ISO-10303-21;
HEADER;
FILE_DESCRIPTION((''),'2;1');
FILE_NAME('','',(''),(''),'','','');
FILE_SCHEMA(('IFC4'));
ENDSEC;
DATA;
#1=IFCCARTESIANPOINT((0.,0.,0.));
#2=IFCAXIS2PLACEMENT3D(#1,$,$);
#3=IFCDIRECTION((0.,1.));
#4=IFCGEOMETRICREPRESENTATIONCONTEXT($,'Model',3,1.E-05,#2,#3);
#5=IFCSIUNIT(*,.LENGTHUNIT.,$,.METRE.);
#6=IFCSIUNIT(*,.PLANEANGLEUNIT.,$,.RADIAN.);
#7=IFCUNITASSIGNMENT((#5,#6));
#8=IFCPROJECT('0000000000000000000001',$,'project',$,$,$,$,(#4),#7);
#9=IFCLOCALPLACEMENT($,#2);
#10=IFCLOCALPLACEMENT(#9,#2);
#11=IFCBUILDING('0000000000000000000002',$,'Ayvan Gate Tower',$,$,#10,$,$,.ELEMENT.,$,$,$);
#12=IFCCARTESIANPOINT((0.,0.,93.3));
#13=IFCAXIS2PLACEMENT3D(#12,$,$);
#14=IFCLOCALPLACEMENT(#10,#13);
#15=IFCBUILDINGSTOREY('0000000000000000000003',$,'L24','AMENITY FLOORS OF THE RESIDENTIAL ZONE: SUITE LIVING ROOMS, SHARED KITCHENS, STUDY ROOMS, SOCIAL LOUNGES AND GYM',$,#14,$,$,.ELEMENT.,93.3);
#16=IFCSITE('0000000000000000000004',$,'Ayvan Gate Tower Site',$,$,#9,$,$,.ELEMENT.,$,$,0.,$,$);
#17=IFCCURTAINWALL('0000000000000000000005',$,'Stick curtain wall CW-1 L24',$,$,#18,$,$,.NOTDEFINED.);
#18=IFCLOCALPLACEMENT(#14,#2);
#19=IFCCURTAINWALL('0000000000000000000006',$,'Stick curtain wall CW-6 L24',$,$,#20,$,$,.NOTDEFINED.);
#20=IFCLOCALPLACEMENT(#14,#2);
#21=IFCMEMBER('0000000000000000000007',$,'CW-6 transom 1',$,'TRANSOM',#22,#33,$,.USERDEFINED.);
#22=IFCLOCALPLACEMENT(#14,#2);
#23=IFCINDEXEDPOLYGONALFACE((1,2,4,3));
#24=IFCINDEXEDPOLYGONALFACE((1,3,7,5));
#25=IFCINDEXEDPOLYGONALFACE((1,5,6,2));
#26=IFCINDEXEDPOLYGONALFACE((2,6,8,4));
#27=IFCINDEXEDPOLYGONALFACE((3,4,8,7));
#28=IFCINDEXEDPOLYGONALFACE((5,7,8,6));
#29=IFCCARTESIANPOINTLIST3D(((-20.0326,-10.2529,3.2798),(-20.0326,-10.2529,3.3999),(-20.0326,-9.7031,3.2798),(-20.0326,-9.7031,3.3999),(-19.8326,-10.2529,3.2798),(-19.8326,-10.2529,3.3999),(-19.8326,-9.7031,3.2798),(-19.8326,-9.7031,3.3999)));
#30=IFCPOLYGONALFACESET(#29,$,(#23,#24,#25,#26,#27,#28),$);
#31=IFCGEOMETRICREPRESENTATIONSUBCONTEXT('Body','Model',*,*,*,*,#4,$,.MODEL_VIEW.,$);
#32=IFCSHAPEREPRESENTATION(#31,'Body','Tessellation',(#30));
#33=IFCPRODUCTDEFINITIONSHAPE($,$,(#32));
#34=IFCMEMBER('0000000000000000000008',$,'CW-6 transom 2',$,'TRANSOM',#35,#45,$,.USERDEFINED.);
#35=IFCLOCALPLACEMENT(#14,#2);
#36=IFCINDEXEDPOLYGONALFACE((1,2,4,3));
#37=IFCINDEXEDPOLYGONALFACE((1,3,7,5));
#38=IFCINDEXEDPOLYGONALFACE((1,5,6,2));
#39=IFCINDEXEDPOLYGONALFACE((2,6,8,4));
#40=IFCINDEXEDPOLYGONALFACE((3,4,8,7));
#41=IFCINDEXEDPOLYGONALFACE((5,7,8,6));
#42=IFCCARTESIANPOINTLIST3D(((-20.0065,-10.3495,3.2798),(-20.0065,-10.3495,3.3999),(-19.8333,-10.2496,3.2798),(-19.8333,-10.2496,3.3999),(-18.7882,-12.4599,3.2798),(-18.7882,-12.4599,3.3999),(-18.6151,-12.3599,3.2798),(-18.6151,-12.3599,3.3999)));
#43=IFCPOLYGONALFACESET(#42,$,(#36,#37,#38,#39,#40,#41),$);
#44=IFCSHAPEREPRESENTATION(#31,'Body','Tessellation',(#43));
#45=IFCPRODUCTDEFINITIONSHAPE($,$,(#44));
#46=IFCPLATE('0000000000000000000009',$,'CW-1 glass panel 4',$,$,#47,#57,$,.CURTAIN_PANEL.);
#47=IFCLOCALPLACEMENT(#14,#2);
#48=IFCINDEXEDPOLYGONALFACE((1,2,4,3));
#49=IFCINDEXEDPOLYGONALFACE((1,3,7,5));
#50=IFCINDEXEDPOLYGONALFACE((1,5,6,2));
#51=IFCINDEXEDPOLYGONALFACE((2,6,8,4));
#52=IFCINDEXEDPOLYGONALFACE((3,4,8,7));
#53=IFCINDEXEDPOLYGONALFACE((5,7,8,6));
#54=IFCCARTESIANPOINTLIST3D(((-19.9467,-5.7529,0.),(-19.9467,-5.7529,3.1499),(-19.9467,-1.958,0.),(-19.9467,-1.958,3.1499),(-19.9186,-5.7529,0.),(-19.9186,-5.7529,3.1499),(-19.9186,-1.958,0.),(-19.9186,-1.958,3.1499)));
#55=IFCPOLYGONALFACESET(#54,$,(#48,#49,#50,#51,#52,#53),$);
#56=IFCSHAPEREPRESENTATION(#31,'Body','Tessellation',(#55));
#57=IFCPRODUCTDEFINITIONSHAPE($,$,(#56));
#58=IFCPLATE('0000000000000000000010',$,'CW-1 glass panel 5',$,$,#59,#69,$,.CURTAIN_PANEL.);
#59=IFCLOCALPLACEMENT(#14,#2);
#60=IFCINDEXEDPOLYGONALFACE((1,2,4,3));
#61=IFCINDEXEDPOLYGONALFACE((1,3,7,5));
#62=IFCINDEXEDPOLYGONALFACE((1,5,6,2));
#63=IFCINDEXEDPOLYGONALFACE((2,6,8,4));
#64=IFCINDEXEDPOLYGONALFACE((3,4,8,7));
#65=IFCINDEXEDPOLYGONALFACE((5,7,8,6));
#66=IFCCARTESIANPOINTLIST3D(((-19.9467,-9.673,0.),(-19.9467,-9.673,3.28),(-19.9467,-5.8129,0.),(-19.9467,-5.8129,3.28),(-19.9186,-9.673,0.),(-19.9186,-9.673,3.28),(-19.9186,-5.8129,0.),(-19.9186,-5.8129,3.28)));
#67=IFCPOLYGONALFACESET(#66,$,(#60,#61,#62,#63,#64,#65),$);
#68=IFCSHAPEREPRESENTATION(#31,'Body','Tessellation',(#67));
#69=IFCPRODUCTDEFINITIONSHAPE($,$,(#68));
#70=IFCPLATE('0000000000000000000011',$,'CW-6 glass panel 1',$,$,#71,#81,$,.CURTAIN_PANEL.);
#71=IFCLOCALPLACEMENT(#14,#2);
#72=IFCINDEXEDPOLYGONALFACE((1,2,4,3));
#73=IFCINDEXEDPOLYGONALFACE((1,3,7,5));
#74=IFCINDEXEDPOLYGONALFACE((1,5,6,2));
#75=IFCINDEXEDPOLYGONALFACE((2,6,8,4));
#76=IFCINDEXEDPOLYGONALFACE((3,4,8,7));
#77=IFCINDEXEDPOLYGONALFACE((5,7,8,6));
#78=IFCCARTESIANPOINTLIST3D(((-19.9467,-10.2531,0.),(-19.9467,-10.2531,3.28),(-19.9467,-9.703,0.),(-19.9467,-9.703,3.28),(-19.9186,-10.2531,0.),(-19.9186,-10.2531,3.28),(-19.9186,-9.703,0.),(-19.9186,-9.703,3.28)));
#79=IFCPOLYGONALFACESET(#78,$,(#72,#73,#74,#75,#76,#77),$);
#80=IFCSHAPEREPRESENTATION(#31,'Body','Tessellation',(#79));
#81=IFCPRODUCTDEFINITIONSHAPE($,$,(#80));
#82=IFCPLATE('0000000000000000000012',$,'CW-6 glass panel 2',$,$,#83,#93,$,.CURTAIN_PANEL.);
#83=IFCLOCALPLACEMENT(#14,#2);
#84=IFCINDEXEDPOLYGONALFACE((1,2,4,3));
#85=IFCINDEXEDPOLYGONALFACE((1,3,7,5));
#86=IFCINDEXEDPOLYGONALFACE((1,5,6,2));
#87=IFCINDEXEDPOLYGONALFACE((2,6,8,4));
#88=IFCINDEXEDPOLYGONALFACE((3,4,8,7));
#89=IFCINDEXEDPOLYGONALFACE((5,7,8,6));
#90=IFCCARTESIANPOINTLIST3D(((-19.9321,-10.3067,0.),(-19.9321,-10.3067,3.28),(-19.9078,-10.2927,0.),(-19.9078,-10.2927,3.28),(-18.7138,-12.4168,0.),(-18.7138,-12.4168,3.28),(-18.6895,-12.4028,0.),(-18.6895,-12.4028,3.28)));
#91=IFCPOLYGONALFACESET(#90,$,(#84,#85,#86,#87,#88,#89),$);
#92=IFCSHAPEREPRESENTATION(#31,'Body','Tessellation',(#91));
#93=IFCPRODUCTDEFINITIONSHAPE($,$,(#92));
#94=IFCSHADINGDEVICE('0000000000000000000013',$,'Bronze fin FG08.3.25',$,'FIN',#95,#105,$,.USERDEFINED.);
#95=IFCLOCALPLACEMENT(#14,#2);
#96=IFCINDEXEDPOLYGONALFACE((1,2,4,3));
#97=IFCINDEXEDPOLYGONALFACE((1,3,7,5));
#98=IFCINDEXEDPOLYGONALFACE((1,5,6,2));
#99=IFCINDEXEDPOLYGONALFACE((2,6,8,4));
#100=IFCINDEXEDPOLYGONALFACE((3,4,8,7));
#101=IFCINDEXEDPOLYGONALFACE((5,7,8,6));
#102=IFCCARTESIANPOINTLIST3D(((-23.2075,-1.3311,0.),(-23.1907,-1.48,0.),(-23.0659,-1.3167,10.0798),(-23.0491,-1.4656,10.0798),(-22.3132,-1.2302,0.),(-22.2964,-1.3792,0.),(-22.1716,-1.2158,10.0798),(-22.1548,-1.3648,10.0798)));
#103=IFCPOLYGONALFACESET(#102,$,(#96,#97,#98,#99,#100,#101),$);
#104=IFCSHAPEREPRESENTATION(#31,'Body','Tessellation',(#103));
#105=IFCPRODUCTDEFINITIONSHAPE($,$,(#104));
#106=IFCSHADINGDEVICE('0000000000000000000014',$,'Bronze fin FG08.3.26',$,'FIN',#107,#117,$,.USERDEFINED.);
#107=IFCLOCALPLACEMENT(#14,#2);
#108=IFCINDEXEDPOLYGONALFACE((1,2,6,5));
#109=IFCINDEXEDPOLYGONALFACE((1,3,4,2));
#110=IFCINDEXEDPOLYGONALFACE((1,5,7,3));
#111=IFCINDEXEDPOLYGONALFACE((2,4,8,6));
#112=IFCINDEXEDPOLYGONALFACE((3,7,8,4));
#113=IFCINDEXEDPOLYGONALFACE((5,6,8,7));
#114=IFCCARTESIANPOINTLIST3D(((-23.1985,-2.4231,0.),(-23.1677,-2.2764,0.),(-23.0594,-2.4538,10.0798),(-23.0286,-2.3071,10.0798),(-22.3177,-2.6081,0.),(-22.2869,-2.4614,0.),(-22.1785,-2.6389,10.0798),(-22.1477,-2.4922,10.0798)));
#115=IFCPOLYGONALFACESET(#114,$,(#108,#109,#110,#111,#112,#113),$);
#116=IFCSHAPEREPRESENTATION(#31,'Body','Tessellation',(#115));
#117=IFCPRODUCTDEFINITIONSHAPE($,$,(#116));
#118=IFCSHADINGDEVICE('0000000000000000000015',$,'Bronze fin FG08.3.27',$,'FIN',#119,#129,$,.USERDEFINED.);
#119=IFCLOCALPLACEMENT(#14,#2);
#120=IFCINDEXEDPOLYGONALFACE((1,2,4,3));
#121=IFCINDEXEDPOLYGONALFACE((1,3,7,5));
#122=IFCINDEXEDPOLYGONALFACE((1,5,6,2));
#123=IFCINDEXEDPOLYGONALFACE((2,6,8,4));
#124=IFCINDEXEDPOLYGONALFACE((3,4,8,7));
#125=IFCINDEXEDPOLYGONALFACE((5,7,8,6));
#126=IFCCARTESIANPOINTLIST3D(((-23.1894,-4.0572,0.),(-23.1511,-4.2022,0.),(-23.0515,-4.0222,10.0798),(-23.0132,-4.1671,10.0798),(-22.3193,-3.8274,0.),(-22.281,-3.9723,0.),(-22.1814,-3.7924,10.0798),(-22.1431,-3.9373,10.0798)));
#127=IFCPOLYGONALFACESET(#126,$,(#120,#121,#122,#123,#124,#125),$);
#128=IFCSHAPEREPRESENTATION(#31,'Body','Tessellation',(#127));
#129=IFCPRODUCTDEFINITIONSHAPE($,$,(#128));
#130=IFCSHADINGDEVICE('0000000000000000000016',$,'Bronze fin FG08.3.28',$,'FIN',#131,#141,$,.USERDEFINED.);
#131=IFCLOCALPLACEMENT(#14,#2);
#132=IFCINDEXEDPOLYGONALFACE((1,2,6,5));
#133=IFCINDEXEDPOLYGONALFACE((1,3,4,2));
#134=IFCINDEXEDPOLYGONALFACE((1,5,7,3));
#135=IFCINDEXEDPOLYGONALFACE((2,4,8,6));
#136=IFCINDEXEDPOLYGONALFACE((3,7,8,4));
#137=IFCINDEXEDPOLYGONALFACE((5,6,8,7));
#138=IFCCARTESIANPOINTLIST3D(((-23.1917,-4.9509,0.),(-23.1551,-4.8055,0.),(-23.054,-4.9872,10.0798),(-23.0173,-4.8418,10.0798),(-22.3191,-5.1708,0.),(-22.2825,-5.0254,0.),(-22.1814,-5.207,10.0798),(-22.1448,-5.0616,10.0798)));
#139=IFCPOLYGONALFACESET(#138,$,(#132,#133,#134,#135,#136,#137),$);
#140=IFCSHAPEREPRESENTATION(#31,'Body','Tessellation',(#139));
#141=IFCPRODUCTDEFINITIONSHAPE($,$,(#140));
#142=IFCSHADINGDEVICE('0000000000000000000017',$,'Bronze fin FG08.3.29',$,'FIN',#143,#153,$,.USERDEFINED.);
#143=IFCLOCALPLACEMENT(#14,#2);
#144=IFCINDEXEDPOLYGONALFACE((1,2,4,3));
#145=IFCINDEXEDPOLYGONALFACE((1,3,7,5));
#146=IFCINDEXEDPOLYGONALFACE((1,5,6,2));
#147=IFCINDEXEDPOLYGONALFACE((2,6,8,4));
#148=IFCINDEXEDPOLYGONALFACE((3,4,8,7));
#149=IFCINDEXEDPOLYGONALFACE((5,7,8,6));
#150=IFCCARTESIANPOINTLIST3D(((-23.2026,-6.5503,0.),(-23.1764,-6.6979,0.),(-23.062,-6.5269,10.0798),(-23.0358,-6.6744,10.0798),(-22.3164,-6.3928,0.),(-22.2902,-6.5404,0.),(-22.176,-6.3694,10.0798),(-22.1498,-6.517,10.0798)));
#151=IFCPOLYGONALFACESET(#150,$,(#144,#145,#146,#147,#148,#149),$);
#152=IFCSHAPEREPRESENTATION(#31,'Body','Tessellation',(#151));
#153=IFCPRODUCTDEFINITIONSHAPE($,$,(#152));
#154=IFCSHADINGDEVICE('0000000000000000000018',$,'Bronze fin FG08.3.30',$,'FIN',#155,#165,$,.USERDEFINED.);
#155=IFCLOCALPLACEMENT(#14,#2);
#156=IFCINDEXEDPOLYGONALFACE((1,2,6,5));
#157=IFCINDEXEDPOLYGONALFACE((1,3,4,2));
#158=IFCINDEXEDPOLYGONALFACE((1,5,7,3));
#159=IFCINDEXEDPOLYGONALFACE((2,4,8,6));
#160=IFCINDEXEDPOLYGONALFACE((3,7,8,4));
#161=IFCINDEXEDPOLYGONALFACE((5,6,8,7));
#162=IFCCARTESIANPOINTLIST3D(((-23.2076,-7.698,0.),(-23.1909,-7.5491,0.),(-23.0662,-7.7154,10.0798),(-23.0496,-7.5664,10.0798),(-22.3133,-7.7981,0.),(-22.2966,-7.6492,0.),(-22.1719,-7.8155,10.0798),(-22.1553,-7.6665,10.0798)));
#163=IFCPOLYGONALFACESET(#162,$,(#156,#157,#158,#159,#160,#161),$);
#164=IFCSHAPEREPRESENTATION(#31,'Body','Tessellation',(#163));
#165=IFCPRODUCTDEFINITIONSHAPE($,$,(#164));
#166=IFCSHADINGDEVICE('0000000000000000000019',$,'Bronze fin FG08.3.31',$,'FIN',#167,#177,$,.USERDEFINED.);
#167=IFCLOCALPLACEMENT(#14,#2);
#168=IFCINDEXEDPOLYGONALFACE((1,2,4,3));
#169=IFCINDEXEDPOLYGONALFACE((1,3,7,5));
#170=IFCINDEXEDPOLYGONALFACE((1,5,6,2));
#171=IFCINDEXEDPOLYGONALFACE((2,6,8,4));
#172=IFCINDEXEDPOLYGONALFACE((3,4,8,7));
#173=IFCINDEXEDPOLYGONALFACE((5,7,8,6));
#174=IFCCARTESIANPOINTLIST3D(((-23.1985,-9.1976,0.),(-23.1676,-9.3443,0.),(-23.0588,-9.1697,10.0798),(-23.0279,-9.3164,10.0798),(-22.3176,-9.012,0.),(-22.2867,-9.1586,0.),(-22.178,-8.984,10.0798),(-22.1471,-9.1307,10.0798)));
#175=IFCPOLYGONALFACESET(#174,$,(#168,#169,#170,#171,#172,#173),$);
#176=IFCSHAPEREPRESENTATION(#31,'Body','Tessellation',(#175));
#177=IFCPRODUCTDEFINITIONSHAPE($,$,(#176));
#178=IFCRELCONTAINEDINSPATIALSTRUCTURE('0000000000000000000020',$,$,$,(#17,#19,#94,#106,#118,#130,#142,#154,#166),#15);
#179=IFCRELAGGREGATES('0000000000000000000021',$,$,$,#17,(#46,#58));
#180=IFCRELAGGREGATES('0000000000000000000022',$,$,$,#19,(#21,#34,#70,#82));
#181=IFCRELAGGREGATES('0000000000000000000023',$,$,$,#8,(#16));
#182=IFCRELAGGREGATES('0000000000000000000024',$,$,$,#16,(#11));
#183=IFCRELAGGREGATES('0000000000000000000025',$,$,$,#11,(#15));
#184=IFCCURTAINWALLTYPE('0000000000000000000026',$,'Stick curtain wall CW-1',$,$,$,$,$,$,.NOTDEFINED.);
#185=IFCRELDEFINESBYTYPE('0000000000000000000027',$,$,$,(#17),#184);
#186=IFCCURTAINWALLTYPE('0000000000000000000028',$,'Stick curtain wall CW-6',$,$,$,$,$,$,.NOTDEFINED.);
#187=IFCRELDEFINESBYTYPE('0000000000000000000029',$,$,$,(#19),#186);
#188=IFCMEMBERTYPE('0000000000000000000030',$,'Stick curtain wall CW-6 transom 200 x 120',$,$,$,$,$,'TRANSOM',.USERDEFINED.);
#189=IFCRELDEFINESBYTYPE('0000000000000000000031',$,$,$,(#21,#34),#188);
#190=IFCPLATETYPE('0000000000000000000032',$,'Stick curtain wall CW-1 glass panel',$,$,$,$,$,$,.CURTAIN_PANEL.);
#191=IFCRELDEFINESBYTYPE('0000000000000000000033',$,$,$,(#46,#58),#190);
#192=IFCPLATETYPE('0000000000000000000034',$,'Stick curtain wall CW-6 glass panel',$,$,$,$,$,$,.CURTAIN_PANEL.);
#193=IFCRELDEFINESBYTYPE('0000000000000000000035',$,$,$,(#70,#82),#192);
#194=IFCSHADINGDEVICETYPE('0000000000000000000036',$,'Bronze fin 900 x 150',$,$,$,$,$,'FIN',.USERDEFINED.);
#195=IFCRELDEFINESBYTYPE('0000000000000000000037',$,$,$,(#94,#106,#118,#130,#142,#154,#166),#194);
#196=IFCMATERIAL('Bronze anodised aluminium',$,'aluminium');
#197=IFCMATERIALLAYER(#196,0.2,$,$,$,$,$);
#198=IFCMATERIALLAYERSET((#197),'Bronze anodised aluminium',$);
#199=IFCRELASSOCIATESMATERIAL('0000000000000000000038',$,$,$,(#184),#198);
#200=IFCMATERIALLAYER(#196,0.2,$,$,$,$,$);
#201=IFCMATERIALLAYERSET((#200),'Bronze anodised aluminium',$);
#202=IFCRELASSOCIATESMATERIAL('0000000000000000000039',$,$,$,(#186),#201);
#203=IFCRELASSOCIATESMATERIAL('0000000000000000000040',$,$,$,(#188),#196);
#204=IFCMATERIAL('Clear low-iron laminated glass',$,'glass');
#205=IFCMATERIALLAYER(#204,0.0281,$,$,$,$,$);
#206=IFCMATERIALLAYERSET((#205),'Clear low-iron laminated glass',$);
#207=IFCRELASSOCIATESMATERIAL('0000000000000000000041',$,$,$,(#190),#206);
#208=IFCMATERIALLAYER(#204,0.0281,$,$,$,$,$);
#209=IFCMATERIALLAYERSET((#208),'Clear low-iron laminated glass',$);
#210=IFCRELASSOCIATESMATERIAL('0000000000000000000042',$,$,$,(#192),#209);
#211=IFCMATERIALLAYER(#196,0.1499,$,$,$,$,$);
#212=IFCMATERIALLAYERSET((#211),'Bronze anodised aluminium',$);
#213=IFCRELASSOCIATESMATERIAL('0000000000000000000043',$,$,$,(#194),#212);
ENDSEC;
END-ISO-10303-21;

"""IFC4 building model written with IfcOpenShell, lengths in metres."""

from ifc_helpers import new_model, si_unit, direction, frame, origin, origin_2d, place, context, subcontext, project, spatial, polyline, rectangle, outline, extrude, material, layer, layer_set, material_profile, profile_set, type_object, element, aggregate, save


model = new_model("IFC4")

# Units and contexts
model_context = context("Model", 3, precision=1e-05, world=origin(), true_north=direction((0.0, 1.0)))
body_context = subcontext(model_context, "Body", "Model", "MODEL_VIEW")
ifc_project = project(units=[si_unit("LENGTHUNIT", "METRE"), si_unit("PLANEANGLEUNIT", "RADIAN")], contexts=[model_context])

# Site, building, storey
site_placement = place(None, origin())
site = spatial("IfcSite", under=ifc_project, at=site_placement, Name="Ayvan Gate Tower Site", CompositionType="ELEMENT", RefElevation=0.0)
building_placement = place(site_placement, origin())
building = spatial("IfcBuilding", under=site, at=building_placement, Name="Ayvan Gate Tower", CompositionType="ELEMENT")
storey_placement = place(building_placement, frame((0.0, 0.0, 93.3)))
storey = spatial("IfcBuildingStorey", under=building, at=storey_placement, Name="L24", Description="AMENITY FLOORS OF THE RESIDENTIAL ZONE: SUITE LIVING ROOMS, SHARED KITCHENS, STUDY ROOMS, SOCIAL LOUNGES AND GYM", CompositionType="ELEMENT", Elevation=93.3)

# Curtain walls, members
ifc_material_1 = material(Name="Bronze anodised aluminium", Category="aluminium")
ifc_layer_1 = layer(ifc_material_1, 0.2)
ifc_layer_set_1 = layer_set([ifc_layer_1], Name="Bronze anodised aluminium")
curtain_wall_type_1 = type_object("IfcCurtainWallType", Name="Stick curtain wall CW-1", PredefinedType="NOTDEFINED", material=ifc_layer_set_1)
curtain_wall_1_placement = place(storey_placement, origin())
curtain_wall_1 = element("IfcCurtainWall", 1, at=curtain_wall_1_placement, inside=storey, type_object=curtain_wall_type_1, Name="Stick curtain wall CW-1 L24", PredefinedType="NOTDEFINED")
ifc_layer_2 = layer(ifc_material_1, 0.2)
ifc_layer_set_2 = layer_set([ifc_layer_2], Name="Bronze anodised aluminium")
curtain_wall_type_2 = type_object("IfcCurtainWallType", Name="Stick curtain wall CW-6", PredefinedType="NOTDEFINED", material=ifc_layer_set_2)
curtain_wall_2_placement = place(storey_placement, origin())
curtain_wall_2 = element("IfcCurtainWall", 2, at=curtain_wall_2_placement, inside=storey, type_object=curtain_wall_type_2, Name="Stick curtain wall CW-6 L24", PredefinedType="NOTDEFINED")
ifc_material_profile_1 = material_profile(ifc_material_1, rectangle(XDim=0.2, YDim=0.1201, at=origin_2d()), Name="Stick curtain wall CW-6 transom 200 x 120")
ifc_profile_set_1 = profile_set([ifc_material_profile_1], Name="Bronze anodised aluminium")
member_type_1 = type_object("IfcMemberType", Name="Stick curtain wall CW-6 transom 200 x 120", ElementType="TRANSOM", PredefinedType="USERDEFINED", material=ifc_profile_set_1)
member_1_placement = place(storey_placement, frame((-19.9326, -9.7031, 3.3398), z_axis=(0.0, -1.0, 0.0), x_axis=(1.0, 0.0, 0.0)))
member_1 = element("IfcMember", 3, at=member_1_placement, type_object=member_type_1, Name="CW-6 transom 1", ObjectType="TRANSOM", PredefinedType="USERDEFINED", context=body_context, shape_type="SweptSolid", body=[
    extrude(rectangle(XDim=0.2, YDim=0.1201, at=origin_2d()), origin(), (0.0, 0.0, 1.0), 0.5498),
])
member_2_placement = place(storey_placement, frame((-19.9199, -10.2996, 3.3398), z_axis=(0.499954, -0.866052, 0.0), x_axis=(0.866052, 0.499954, 0.0)))
member_2 = element("IfcMember", 4, at=member_2_placement, type_object=member_type_1, Name="CW-6 transom 2", ObjectType="TRANSOM", PredefinedType="USERDEFINED", context=body_context, shape_type="SweptSolid", body=[
    extrude(rectangle(XDim=0.2, YDim=0.1201, at=origin_2d()), origin(), (0.0, 0.0, 1.0), 2.4368),
])

# Plates
ifc_material_2 = material(Name="Clear low-iron laminated glass", Category="glass")
ifc_layer_3 = layer(ifc_material_2, 0.0281)
ifc_layer_set_3 = layer_set([ifc_layer_3], Name="Clear low-iron laminated glass")
plate_type_1 = type_object("IfcPlateType", Name="Stick curtain wall CW-1 glass panel", PredefinedType="CURTAIN_PANEL", material=ifc_layer_set_3)
plate_1_placement = place(storey_placement, frame((-19.9326, -3.8555, 0.0), z_axis=(0.0, 0.0, 1.0), x_axis=(0.0, -1.0, 0.0)))
plate_1 = element("IfcPlate", 5, at=plate_1_placement, type_object=plate_type_1, Name="CW-1 glass panel 4", PredefinedType="CURTAIN_PANEL", context=body_context, shape_type="SweptSolid", body=[
    extrude(rectangle(XDim=3.7949, YDim=0.0281, at=origin_2d()), origin(), (0.0, 0.0, 1.0), 3.1499),
])
plate_2_placement = place(storey_placement, frame((-19.9326, -7.7429, 0.0), z_axis=(0.0, 0.0, 1.0), x_axis=(0.0, -1.0, 0.0)))
plate_2 = element("IfcPlate", 6, at=plate_2_placement, type_object=plate_type_1, Name="CW-1 glass panel 5", PredefinedType="CURTAIN_PANEL", context=body_context, shape_type="SweptSolid", body=[
    extrude(rectangle(XDim=3.8601, YDim=0.0281, at=origin_2d()), origin(), (0.0, 0.0, 1.0), 3.28),
])
aggregate(curtain_wall_1, [plate_1, plate_2])
ifc_layer_4 = layer(ifc_material_2, 0.0281)
ifc_layer_set_4 = layer_set([ifc_layer_4], Name="Clear low-iron laminated glass")
plate_type_2 = type_object("IfcPlateType", Name="Stick curtain wall CW-6 glass panel", PredefinedType="CURTAIN_PANEL", material=ifc_layer_set_4)
plate_3_placement = place(storey_placement, frame((-19.9326, -9.978, 0.0), z_axis=(0.0, 0.0, 1.0), x_axis=(0.0, -1.0, 0.0)))
plate_3 = element("IfcPlate", 7, at=plate_3_placement, type_object=plate_type_2, Name="CW-6 glass panel 1", PredefinedType="CURTAIN_PANEL", context=body_context, shape_type="SweptSolid", body=[
    extrude(rectangle(XDim=0.55, YDim=0.0281, at=origin_2d()), origin(), (0.0, 0.0, 1.0), 3.28),
])
plate_4_placement = place(storey_placement, frame((-19.3108, -11.3547, 0.0), z_axis=(0.0, 0.0, 1.0), x_axis=(0.5, -0.866025, 0.0)))
plate_4 = element("IfcPlate", 8, at=plate_4_placement, type_object=plate_type_2, Name="CW-6 glass panel 2", PredefinedType="CURTAIN_PANEL", context=body_context, shape_type="SweptSolid", body=[
    extrude(rectangle(XDim=2.4365, YDim=0.0281, at=origin_2d()), origin(), (0.0, 0.0, 1.0), 3.28),
])
aggregate(curtain_wall_2, [member_1, member_2, plate_3, plate_4])

# Shading devices
ifc_layer_5 = layer(ifc_material_1, 0.1499)
ifc_layer_set_5 = layer_set([ifc_layer_5], Name="Bronze anodised aluminium")
shading_device_type = type_object("IfcShadingDeviceType", Name="Bronze fin 900 x 150", ElementType="FIN", PredefinedType="USERDEFINED", material=ifc_layer_set_5)
shading_device_1_placement = place(storey_placement, frame((-22.3132, -1.2302, 0.0), z_axis=(-0.112039, 0.993704, 0.000154), x_axis=(-0.993704, -0.112039, 0.0)))
element("IfcShadingDevice", 9, at=shading_device_1_placement, inside=storey, type_object=shading_device_type, Name="Bronze fin FG08.3.25", ObjectType="FIN", PredefinedType="USERDEFINED", context=body_context, shape_type="SweptSolid", body=[
    extrude(outline(polyline([(0.0, 0.0), (0.9, 0.0), (0.7576, 10.0798), (-0.1423, 10.0798), (0.0, 0.0)])), origin(), (0.0, 0.0, -1.0), 0.1499),
])
shading_device_2_placement = place(storey_placement, frame((-22.2869, -2.4614, 0.0), z_axis=(0.2056, 0.978636, 0.000148), x_axis=(-0.978636, 0.2056, 0.0)))
element("IfcShadingDevice", 10, at=shading_device_2_placement, inside=storey, type_object=shading_device_type, Name="Bronze fin FG08.3.26", ObjectType="FIN", PredefinedType="USERDEFINED", context=body_context, shape_type="SweptSolid", body=[
    extrude(outline(polyline([(0.0, 0.0), (0.9001, 0.0), (0.7576, 10.0798), (-0.1425, 10.0798), (0.0, 0.0)])), origin(), (0.0, 0.0, -1.0), 0.1499),
])
shading_device_3_placement = place(storey_placement, frame((-22.3193, -3.8274, 0.0), z_axis=(-0.255408, 0.966833, 0.000135), x_axis=(-0.966833, -0.255408, 0.0)))
element("IfcShadingDevice", 11, at=shading_device_3_placement, inside=storey, type_object=shading_device_type, Name="Bronze fin FG08.3.27", ObjectType="FIN", PredefinedType="USERDEFINED", context=body_context, shape_type="SweptSolid", body=[
    extrude(outline(polyline([(0.0, 0.0), (0.8999, 0.0), (0.7577, 10.0798), (-0.1423, 10.0798), (0.0, 0.0)])), origin(), (0.0, 0.0, -1.0), 0.1499),
])
shading_device_4_placement = place(storey_placement, frame((-22.2825, -5.0254, 0.0), z_axis=(0.244323, 0.969694, 0.00015), x_axis=(-0.969694, 0.244323, 0.0)))
element("IfcShadingDevice", 12, at=shading_device_4_placement, inside=storey, type_object=shading_device_type, Name="Bronze fin FG08.3.28", ObjectType="FIN", PredefinedType="USERDEFINED", context=body_context, shape_type="SweptSolid", body=[
    extrude(outline(polyline([(0.0, 0.0), (0.8999, 0.0), (0.7574, 10.0798), (-0.1424, 10.0798), (0.0, 0.0)])), origin(), (0.0, 0.0, -1.0), 0.1499),
])
shading_device_5_placement = place(storey_placement, frame((-22.3164, -6.3928, 0.0), z_axis=(-0.174969, 0.984574, 0.00015), x_axis=(-0.984574, -0.174969, 0.0)))
element("IfcShadingDevice", 13, at=shading_device_5_placement, inside=storey, type_object=shading_device_type, Name="Bronze fin FG08.3.29", ObjectType="FIN", PredefinedType="USERDEFINED", context=body_context, shape_type="SweptSolid", body=[
    extrude(outline(polyline([(0.0, 0.0), (0.9001, 0.0), (0.7576, 10.0798), (-0.1423, 10.0798), (0.0, 0.0)])), origin(), (0.0, 0.0, -1.0), 0.1499),
])
shading_device_6_placement = place(storey_placement, frame((-22.2966, -7.6492, 0.0), z_axis=(0.111235, 0.993794, 0.000149), x_axis=(-0.993794, 0.111235, 0.0)))
element("IfcShadingDevice", 14, at=shading_device_6_placement, inside=storey, type_object=shading_device_type, Name="Bronze fin FG08.3.30", ObjectType="FIN", PredefinedType="USERDEFINED", context=body_context, shape_type="SweptSolid", body=[
    extrude(outline(polyline([(0.0, 0.0), (0.8999, 0.0), (0.7575, 10.0798), (-0.1424, 10.0798), (0.0, 0.0)])), origin(), (0.0, 0.0, -1.0), 0.1499),
])
shading_device_7_placement = place(storey_placement, frame((-22.3176, -9.012, 0.0), z_axis=(-0.20625, 0.978499, 0.000144), x_axis=(-0.978499, -0.20625, 0.0)))
element("IfcShadingDevice", 15, at=shading_device_7_placement, inside=storey, type_object=shading_device_type, Name="Bronze fin FG08.3.31", ObjectType="FIN", PredefinedType="USERDEFINED", context=body_context, shape_type="SweptSolid", body=[
    extrude(outline(polyline([(0.0, 0.0), (0.9002, 0.0), (0.7578, 10.0798), (-0.1424, 10.0798), (0.0, 0.0)])), origin(), (0.0, 0.0, -1.0), 0.1499),
])

save(model, "model.ifc")
